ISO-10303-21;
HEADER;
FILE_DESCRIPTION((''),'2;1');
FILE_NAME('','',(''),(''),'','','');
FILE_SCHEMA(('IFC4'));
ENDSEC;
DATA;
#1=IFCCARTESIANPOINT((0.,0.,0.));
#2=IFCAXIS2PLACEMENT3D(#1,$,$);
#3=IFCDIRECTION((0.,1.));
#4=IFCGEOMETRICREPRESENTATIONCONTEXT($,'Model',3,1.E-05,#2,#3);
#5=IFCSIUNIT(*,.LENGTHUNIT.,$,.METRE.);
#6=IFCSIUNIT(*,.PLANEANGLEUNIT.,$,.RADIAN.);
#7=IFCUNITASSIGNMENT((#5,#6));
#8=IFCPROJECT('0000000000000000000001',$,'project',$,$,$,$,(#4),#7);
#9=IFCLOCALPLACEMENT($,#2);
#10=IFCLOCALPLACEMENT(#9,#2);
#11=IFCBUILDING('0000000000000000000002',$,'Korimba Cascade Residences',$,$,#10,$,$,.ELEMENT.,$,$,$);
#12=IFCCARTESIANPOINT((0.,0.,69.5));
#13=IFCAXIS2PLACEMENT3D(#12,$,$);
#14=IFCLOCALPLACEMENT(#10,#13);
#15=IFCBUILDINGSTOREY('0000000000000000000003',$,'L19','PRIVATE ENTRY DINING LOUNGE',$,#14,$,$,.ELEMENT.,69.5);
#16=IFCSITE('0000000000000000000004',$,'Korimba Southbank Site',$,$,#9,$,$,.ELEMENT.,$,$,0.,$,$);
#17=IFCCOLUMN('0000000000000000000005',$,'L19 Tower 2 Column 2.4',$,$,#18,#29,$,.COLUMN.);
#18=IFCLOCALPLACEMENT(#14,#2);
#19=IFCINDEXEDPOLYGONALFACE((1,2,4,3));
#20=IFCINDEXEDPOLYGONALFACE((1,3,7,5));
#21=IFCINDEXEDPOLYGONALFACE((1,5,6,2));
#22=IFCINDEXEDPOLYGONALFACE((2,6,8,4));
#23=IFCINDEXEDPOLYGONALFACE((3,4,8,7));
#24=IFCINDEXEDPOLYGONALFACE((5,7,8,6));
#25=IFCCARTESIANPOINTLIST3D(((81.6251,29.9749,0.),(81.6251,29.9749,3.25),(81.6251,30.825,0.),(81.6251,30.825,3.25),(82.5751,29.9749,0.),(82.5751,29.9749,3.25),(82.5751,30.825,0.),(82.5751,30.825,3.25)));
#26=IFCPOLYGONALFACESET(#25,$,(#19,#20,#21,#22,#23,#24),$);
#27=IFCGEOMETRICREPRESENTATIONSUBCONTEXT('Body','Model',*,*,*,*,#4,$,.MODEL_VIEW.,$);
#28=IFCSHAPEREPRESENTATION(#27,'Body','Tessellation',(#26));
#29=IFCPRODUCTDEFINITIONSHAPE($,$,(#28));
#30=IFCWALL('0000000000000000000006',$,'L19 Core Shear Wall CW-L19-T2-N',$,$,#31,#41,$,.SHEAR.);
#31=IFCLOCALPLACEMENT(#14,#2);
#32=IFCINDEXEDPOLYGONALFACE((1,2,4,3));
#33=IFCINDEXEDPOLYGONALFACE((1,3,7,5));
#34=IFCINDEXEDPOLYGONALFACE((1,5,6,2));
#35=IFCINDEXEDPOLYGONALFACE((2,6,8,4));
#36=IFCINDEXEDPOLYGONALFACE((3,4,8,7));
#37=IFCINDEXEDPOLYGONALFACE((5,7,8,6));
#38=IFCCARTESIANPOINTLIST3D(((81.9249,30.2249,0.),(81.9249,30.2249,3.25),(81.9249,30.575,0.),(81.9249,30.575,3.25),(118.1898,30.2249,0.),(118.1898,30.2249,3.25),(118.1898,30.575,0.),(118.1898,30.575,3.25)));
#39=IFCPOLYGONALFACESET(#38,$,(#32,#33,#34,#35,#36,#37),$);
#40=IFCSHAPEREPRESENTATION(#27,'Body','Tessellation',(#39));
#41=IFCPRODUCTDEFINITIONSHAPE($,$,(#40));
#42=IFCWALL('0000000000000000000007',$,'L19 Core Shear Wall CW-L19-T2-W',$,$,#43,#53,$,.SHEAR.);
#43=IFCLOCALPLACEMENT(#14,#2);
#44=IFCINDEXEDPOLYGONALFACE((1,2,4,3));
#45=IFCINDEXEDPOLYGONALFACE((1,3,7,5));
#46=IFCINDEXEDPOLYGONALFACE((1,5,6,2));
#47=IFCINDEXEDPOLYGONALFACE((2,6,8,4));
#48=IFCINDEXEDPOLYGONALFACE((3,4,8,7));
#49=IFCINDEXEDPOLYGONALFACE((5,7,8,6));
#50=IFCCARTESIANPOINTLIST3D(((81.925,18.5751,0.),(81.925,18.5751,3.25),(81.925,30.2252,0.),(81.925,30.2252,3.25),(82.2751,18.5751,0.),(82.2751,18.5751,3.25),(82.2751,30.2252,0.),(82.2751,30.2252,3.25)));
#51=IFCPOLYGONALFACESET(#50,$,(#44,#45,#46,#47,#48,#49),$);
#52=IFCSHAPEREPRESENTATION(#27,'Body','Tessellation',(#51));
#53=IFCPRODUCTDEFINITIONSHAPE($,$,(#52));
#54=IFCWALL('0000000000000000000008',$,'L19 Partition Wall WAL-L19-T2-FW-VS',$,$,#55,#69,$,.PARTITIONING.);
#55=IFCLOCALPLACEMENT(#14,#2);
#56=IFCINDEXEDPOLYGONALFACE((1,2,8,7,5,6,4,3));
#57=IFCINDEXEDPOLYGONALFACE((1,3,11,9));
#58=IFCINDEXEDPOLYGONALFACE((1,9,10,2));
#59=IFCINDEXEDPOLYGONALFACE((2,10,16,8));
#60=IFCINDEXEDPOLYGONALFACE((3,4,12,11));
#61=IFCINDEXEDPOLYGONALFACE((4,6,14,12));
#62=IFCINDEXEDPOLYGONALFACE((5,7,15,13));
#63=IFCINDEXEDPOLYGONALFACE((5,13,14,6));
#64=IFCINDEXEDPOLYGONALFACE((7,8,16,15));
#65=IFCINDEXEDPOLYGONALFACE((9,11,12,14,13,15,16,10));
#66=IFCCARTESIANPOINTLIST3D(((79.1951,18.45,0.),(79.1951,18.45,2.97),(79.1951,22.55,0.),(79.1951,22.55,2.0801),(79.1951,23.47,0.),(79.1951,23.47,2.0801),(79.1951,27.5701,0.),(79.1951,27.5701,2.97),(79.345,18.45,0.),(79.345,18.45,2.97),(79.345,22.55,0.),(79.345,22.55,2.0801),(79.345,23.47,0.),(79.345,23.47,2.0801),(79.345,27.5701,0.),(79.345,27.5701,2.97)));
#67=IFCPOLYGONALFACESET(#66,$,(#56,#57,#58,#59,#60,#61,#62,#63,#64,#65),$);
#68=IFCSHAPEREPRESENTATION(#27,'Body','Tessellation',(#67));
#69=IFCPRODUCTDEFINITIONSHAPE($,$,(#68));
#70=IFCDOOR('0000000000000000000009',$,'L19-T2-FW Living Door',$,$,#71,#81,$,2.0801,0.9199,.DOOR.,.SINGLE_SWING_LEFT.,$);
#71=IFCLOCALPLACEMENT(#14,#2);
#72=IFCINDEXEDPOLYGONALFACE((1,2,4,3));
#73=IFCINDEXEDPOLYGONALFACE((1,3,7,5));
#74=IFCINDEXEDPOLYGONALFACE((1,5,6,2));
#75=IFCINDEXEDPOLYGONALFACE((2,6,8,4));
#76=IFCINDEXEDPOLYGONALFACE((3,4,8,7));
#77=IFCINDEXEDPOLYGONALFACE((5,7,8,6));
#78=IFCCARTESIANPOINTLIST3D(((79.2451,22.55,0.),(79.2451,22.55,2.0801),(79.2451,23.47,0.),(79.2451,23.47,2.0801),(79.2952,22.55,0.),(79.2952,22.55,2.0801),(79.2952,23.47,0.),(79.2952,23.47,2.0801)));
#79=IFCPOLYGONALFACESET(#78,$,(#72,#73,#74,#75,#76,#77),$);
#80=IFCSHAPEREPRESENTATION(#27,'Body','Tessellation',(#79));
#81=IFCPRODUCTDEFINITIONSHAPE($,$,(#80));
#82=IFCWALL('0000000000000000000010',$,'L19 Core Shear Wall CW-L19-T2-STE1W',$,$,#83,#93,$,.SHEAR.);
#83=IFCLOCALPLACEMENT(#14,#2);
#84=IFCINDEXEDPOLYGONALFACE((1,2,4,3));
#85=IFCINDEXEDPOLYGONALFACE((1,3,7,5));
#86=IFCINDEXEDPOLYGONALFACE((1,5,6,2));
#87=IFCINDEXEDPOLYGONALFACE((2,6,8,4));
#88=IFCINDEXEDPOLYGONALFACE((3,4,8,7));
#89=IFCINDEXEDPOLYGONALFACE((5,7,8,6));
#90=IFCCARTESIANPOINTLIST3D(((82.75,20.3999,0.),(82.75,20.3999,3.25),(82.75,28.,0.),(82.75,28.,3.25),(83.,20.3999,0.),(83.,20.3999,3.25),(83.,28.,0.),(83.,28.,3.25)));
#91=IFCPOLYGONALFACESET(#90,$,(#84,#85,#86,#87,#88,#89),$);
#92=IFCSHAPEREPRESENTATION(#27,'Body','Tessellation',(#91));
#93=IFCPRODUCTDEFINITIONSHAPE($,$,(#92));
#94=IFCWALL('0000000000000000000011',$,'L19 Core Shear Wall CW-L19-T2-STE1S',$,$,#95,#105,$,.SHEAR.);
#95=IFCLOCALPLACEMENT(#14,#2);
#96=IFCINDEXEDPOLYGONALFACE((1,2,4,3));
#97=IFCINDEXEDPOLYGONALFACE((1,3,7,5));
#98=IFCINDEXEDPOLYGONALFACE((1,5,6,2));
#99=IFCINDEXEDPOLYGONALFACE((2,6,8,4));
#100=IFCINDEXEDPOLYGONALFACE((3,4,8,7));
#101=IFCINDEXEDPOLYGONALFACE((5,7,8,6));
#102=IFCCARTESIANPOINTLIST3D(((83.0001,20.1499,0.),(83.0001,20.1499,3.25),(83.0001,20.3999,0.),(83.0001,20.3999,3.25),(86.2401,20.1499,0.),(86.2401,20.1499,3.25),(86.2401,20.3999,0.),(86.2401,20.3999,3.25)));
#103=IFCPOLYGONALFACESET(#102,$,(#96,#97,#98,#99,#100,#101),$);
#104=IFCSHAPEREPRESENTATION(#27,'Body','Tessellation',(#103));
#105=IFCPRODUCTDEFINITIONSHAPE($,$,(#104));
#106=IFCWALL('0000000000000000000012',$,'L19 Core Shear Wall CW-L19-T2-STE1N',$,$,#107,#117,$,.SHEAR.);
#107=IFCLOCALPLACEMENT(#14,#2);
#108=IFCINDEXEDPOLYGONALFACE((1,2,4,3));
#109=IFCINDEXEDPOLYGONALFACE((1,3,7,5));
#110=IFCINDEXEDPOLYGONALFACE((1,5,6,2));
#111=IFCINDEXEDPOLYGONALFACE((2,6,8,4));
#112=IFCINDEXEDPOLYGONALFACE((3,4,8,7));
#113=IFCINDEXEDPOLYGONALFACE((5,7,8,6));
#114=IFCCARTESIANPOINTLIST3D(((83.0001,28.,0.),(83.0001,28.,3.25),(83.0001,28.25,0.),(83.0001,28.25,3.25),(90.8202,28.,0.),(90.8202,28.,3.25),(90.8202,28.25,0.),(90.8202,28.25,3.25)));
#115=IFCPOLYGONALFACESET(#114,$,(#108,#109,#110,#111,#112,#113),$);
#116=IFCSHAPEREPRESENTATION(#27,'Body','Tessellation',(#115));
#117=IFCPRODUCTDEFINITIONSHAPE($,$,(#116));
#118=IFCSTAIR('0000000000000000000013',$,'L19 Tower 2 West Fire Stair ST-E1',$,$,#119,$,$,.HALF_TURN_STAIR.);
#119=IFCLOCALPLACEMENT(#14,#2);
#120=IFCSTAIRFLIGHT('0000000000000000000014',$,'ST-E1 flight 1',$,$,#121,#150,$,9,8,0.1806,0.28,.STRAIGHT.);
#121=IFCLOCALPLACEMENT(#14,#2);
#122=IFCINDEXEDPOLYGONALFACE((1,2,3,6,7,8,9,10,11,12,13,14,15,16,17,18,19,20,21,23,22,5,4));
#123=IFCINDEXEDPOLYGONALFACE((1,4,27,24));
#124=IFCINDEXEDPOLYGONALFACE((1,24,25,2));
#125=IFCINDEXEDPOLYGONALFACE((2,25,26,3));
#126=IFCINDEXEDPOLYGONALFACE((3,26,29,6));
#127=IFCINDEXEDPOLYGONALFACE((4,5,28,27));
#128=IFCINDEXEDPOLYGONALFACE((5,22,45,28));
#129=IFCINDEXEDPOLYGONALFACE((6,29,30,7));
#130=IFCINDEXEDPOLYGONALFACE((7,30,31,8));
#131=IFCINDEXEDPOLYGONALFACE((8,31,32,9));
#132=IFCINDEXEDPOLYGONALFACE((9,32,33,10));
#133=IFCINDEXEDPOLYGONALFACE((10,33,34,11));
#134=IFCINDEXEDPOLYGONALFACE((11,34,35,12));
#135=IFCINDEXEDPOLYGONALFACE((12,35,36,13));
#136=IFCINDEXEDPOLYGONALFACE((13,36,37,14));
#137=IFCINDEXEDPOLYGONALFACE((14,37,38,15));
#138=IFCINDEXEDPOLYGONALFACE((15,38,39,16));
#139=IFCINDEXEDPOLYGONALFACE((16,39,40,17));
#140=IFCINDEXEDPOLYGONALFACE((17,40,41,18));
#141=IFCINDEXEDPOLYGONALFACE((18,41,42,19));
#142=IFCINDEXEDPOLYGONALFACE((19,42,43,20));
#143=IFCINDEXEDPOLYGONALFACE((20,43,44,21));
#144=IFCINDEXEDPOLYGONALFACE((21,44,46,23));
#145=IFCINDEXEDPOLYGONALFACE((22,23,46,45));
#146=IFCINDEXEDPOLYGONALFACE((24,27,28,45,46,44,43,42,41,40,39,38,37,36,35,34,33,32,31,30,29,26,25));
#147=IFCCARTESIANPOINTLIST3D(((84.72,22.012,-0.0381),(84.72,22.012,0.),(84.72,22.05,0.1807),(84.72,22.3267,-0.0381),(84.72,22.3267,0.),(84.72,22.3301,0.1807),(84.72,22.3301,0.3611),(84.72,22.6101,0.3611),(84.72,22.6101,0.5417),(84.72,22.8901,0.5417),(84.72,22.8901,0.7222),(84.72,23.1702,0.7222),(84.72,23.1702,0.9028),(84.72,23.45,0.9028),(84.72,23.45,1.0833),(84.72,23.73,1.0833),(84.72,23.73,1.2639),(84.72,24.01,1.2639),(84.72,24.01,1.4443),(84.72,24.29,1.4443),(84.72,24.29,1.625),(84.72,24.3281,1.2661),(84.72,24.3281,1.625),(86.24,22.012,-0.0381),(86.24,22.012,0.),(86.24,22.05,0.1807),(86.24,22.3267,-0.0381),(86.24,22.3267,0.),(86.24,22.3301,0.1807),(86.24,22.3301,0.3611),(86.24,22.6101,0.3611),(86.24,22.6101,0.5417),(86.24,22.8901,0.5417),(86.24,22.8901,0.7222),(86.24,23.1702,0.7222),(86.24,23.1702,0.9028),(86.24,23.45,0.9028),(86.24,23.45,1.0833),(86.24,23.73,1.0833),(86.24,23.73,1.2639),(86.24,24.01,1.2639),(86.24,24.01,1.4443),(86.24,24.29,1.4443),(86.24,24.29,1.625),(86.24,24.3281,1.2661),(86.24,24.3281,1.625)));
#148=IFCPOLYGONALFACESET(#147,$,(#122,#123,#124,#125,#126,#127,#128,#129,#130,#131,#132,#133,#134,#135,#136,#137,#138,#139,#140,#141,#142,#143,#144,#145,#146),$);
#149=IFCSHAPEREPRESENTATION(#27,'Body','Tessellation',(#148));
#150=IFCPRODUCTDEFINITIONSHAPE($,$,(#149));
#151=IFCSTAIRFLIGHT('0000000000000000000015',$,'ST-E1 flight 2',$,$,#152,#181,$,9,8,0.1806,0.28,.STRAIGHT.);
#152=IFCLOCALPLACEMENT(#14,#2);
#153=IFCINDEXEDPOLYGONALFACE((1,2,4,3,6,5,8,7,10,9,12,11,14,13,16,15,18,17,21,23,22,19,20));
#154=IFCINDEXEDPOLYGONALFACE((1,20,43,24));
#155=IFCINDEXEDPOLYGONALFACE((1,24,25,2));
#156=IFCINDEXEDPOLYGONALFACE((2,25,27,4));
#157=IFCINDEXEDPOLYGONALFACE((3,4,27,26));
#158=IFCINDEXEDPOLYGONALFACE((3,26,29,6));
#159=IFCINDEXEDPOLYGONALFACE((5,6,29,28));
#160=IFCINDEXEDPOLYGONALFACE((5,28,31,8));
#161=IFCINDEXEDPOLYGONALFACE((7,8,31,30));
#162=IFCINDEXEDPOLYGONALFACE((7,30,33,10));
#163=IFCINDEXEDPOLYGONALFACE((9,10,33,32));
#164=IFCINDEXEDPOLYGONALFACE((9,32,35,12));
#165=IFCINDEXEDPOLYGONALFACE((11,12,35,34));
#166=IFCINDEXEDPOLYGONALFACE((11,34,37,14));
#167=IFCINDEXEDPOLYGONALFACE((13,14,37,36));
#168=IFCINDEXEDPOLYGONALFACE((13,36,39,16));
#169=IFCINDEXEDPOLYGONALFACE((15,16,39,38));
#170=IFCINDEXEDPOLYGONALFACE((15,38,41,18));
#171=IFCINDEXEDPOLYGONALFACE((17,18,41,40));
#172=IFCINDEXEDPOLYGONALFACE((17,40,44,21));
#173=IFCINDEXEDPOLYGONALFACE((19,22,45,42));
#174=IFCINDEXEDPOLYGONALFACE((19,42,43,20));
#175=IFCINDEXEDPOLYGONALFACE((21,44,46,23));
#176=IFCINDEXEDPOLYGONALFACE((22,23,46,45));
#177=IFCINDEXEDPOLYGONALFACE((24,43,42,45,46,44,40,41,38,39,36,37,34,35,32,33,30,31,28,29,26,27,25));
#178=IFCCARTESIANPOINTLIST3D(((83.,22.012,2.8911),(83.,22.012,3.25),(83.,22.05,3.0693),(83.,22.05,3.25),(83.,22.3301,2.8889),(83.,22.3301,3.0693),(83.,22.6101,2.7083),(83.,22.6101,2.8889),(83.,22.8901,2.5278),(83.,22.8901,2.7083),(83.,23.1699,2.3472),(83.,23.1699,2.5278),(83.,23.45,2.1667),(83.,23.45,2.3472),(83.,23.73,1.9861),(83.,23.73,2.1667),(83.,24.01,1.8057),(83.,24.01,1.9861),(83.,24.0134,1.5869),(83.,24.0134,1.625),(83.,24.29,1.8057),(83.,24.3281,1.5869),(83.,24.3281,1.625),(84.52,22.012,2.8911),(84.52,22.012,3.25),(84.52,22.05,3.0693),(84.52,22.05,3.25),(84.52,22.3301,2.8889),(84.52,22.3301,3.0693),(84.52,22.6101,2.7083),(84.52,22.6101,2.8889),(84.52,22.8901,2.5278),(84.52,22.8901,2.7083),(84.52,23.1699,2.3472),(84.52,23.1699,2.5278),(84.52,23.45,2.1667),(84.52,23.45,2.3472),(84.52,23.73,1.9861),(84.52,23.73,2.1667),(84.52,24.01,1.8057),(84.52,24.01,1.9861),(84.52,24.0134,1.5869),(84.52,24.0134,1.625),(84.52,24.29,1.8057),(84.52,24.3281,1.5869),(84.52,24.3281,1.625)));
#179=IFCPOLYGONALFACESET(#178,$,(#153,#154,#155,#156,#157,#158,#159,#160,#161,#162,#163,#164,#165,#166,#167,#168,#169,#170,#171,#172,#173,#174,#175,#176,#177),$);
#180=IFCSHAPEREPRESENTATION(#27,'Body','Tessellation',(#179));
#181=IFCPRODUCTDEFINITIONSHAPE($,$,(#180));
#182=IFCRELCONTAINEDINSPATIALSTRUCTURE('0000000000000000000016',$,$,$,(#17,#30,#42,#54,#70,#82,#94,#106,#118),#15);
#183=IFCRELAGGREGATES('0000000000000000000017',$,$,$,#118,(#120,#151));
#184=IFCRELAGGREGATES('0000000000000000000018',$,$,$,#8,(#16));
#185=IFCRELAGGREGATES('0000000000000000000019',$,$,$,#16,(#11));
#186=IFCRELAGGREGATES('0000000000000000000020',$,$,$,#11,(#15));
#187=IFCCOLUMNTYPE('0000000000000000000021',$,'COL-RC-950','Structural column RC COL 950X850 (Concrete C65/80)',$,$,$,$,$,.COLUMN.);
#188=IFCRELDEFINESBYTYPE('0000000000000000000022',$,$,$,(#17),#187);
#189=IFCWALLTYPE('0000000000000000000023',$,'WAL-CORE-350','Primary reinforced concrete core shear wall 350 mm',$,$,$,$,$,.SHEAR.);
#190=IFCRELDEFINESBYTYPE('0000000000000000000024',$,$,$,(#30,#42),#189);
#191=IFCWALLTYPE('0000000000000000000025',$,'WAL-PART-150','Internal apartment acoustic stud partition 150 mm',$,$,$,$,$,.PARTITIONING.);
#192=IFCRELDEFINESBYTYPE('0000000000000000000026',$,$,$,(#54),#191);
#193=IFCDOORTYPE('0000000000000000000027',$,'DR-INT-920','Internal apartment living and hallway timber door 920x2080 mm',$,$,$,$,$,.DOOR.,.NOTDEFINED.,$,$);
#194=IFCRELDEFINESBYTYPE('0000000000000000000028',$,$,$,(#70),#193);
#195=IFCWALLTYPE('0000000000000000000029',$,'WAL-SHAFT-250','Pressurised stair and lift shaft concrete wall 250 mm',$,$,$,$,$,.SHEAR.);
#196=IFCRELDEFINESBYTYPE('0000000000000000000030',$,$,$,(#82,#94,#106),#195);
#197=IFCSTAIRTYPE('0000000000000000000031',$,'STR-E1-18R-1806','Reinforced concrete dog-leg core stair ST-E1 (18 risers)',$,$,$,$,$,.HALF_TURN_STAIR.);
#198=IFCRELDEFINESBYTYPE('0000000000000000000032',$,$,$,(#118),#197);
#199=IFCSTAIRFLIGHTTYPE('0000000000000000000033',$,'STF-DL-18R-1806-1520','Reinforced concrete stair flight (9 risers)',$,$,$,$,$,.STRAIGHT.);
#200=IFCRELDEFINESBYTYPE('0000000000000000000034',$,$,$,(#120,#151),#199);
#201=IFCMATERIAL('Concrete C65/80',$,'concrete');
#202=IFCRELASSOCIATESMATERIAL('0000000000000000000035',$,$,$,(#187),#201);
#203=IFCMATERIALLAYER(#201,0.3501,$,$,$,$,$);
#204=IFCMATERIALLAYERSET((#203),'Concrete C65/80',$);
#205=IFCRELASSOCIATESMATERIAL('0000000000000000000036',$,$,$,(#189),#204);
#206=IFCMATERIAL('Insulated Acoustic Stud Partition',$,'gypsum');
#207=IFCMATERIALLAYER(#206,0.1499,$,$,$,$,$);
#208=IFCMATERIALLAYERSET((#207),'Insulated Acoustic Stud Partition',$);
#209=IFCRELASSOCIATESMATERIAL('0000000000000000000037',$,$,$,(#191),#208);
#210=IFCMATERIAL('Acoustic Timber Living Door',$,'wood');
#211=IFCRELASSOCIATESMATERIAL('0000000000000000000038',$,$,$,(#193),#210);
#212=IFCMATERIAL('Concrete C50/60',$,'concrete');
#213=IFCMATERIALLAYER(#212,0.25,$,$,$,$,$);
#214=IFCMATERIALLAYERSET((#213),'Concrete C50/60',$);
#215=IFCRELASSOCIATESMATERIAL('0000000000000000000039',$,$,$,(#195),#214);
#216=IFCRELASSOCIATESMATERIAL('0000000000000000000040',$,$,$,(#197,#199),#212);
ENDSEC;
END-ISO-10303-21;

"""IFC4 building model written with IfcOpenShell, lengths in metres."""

from ifc_helpers import new_model, si_unit, direction, frame, frame_2d, origin, origin_2d, place, context, subcontext, project, spatial, polyline, rectangle, outline, extrude, material, layer, layer_set, material_profile, profile_set, type_object, element, fill, aggregate, save


model = new_model("IFC4")

# Units and contexts
model_context = context("Model", 3, precision=1e-05, world=origin(), true_north=direction((0.0, 1.0)))
body_context = subcontext(model_context, "Body", "Model", "MODEL_VIEW")
ifc_project = project(units=[si_unit("LENGTHUNIT", "METRE"), si_unit("PLANEANGLEUNIT", "RADIAN")], contexts=[model_context])

# Site, building, storey
site_placement = place(None, origin())
site = spatial("IfcSite", under=ifc_project, at=site_placement, Name="Korimba Southbank Site", CompositionType="ELEMENT", RefElevation=0.0)
building_placement = place(site_placement, origin())
building = spatial("IfcBuilding", under=site, at=building_placement, Name="Korimba Cascade Residences", CompositionType="ELEMENT")
storey_placement = place(building_placement, frame((0.0, 0.0, 69.5)))
storey = spatial("IfcBuildingStorey", under=building, at=storey_placement, Name="L19", Description="PRIVATE ENTRY DINING LOUNGE", CompositionType="ELEMENT", Elevation=69.5)

# Column
ifc_material_1 = material(Name="Concrete C65/80", Category="concrete")
ifc_material_profile = material_profile(ifc_material_1, rectangle(XDim=0.95, YDim=0.8501, at=origin_2d()), Name="Concrete C65/80")
ifc_profile_set = profile_set([ifc_material_profile], Name="Concrete C65/80")
column_type = type_object("IfcColumnType", Name="COL-RC-950", Description="Structural column RC COL 950X850 (Concrete C65/80)", PredefinedType="COLUMN", material=ifc_profile_set)
column_placement = place(storey_placement, frame((82.1001, 30.3999, 0.0), z_axis=(0.0, 0.0, 1.0), x_axis=(1.0, 0.0, 0.0)))
element("IfcColumn", 1, at=column_placement, inside=storey, type_object=column_type, Name="L19 Tower 2 Column 2.4", PredefinedType="COLUMN", context=body_context, shape_type="SweptSolid", body=[
    extrude(rectangle(XDim=0.95, YDim=0.8501, at=origin_2d()), origin(), (0.0, 0.0, 1.0), 3.25),
])

# Walls
ifc_layer_1 = layer(ifc_material_1, 0.3501)
ifc_layer_set_1 = layer_set([ifc_layer_1], Name="Concrete C65/80")
wall_type_1 = type_object("IfcWallType", Name="WAL-CORE-350", Description="Primary reinforced concrete core shear wall 350 mm", PredefinedType="SHEAR", material=ifc_layer_set_1)
wall_1_placement = place(storey_placement, frame((81.925, 30.3999, 0.0), z_axis=(0.0, 0.0, 1.0), x_axis=(1.0, 0.0, 0.0)))
element("IfcWall", 2, at=wall_1_placement, inside=storey, type_object=wall_type_1, Name="L19 Core Shear Wall CW-L19-T2-N", PredefinedType="SHEAR", context=body_context, shape_type="SweptSolid", body=[
    extrude(rectangle(XDim=36.2649, YDim=0.3501, at=frame_2d((18.1323, 0.0))), origin(), (0.0, 0.0, 1.0), 3.25),
])
wall_2_placement = place(storey_placement, frame((82.1001, 18.575, 0.0), z_axis=(0.0, 0.0, 1.0), x_axis=(0.0, 1.0, 0.0)))
element("IfcWall", 3, at=wall_2_placement, inside=storey, type_object=wall_type_1, Name="L19 Core Shear Wall CW-L19-T2-W", PredefinedType="SHEAR", context=body_context, shape_type="SweptSolid", body=[
    extrude(rectangle(XDim=11.6501, YDim=0.3501, at=frame_2d((5.8252, 0.0))), origin(), (0.0, 0.0, 1.0), 3.25),
])

# Wall, opening, door
ifc_material_2 = material(Name="Insulated Acoustic Stud Partition", Category="gypsum")
ifc_layer_2 = layer(ifc_material_2, 0.1499)
ifc_layer_set_2 = layer_set([ifc_layer_2], Name="Insulated Acoustic Stud Partition")
wall_type_2 = type_object("IfcWallType", Name="WAL-PART-150", Description="Internal apartment acoustic stud partition 150 mm", PredefinedType="PARTITIONING", material=ifc_layer_set_2)
wall_3_placement = place(storey_placement, frame((79.27, 18.45, 0.0), z_axis=(0.0, 0.0, 1.0), x_axis=(0.0, 1.0, 0.0)))
wall_3 = element("IfcWall", 4, at=wall_3_placement, inside=storey, type_object=wall_type_2, Name="L19 Partition Wall WAL-L19-T2-FW-VS", PredefinedType="PARTITIONING", context=body_context, shape_type="SweptSolid", body=[
    extrude(rectangle(XDim=9.1201, YDim=0.1499, at=frame_2d((4.5601, 0.0))), origin(), (0.0, 0.0, 1.0), 2.97),
])
opening_placement = place(wall_3_placement, frame((4.1001, 0.0, 0.0)))
opening = element("IfcOpeningElement", 5, at=opening_placement, cuts=wall_3, PredefinedType="OPENING", context=body_context, shape_type="SweptSolid", body=[
    extrude(rectangle(XDim=0.9199, YDim=2.0801, at=frame_2d((0.46, 1.04))), frame((0.0, 0.085, 0.0), z_axis=(0.0, -1.0, 0.0), x_axis=(1.0, 0.0, 0.0)), (0.0, 0.0, 1.0), 0.1699),
])
ifc_material_3 = material(Name="Acoustic Timber Living Door", Category="wood")
door_type = type_object("IfcDoorType", Name="DR-INT-920", Description="Internal apartment living and hallway timber door 920x2080 mm", OperationType="NOTDEFINED", PredefinedType="DOOR", material=ifc_material_3)
door_placement = place(opening_placement, origin())
door = element("IfcDoor", 6, at=door_placement, inside=storey, type_object=door_type, Name="L19-T2-FW Living Door", OperationType="SINGLE_SWING_LEFT", OverallHeight=2.0801, OverallWidth=0.9199, PredefinedType="DOOR", context=body_context, shape_type="SweptSolid", body=[
    extrude(rectangle(XDim=0.9199, YDim=2.0801, at=frame_2d((0.46, 1.04))), frame((0.0, 0.0249, 0.0), z_axis=(0.0, -1.0, 0.0), x_axis=(1.0, 0.0, 0.0)), (0.0, 0.0, 1.0), 0.05),
])
fill(opening, door)

# Walls
ifc_material_4 = material(Name="Concrete C50/60", Category="concrete")
ifc_layer_3 = layer(ifc_material_4, 0.25)
ifc_layer_set_3 = layer_set([ifc_layer_3], Name="Concrete C50/60")
wall_type_3 = type_object("IfcWallType", Name="WAL-SHAFT-250", Description="Pressurised stair and lift shaft concrete wall 250 mm", PredefinedType="SHEAR", material=ifc_layer_set_3)
wall_4_placement = place(storey_placement, frame((82.875, 20.3999, 0.0), z_axis=(0.0, 0.0, 1.0), x_axis=(0.0, 1.0, 0.0)))
element("IfcWall", 7, at=wall_4_placement, inside=storey, type_object=wall_type_3, Name="L19 Core Shear Wall CW-L19-T2-STE1W", PredefinedType="SHEAR", context=body_context, shape_type="SweptSolid", body=[
    extrude(rectangle(XDim=7.6001, YDim=0.25, at=frame_2d((3.8, 0.0))), origin(), (0.0, 0.0, 1.0), 3.25),
])
wall_5_placement = place(storey_placement, frame((83.0, 20.2749, 0.0), z_axis=(0.0, 0.0, 1.0), x_axis=(1.0, 0.0, 0.0)))
element("IfcWall", 8, at=wall_5_placement, inside=storey, type_object=wall_type_3, Name="L19 Core Shear Wall CW-L19-T2-STE1S", PredefinedType="SHEAR", context=body_context, shape_type="SweptSolid", body=[
    extrude(rectangle(XDim=3.24, YDim=0.25, at=frame_2d((1.6201, 0.0))), origin(), (0.0, 0.0, 1.0), 3.25),
])
wall_6_placement = place(storey_placement, frame((83.0, 28.125, 0.0), z_axis=(0.0, 0.0, 1.0), x_axis=(1.0, 0.0, 0.0)))
element("IfcWall", 9, at=wall_6_placement, inside=storey, type_object=wall_type_3, Name="L19 Core Shear Wall CW-L19-T2-STE1N", PredefinedType="SHEAR", context=body_context, shape_type="SweptSolid", body=[
    extrude(rectangle(XDim=7.8201, YDim=0.25, at=frame_2d((3.9102, 0.0))), origin(), (0.0, 0.0, 1.0), 3.25),
])

# Stair, stair flights
stair_type = type_object("IfcStairType", Name="STR-E1-18R-1806", Description="Reinforced concrete dog-leg core stair ST-E1 (18 risers)", PredefinedType="HALF_TURN_STAIR", material=ifc_material_4)
stair_placement = place(storey_placement, origin())
stair = element("IfcStair", 10, at=stair_placement, inside=storey, type_object=stair_type, Name="L19 Tower 2 West Fire Stair ST-E1", PredefinedType="HALF_TURN_STAIR")
stair_flight_type = type_object("IfcStairFlightType", Name="STF-DL-18R-1806-1520", Description="Reinforced concrete stair flight (9 risers)", PredefinedType="STRAIGHT", material=ifc_material_4)
stair_flight_1_placement = place(storey_placement, frame((85.48, 22.05, 0.0), z_axis=(0.0, 0.0, 1.0), x_axis=(0.0, 1.0, 0.0)))
stair_flight_1 = element("IfcStairFlight", 11, at=stair_flight_1_placement, type_object=stair_flight_type, Name="ST-E1 flight 1", NumberOfRisers=9, NumberOfTreads=8, PredefinedType="STRAIGHT", RiserHeight=0.1806, TreadLength=0.28, context=body_context, shape_type="SweptSolid", body=[
    extrude(outline(polyline([(-0.0381, 0.0), (0.0, 0.1807), (0.28, 0.1807), (0.28, 0.3611), (0.5601, 0.3611), (0.5601, 0.5417), (0.8401, 0.5417), (0.8401, 0.7222), (1.1201, 0.7222), (1.1201, 0.9028), (1.3999, 0.9028), (1.3999, 1.0833), (1.6799, 1.0833), (1.6799, 1.2639), (1.96, 1.2639), (1.96, 1.4443), (2.24, 1.4443), (2.24, 1.625), (2.2781, 1.625), (2.2781, 1.2661), (0.2766, 0.0), (0.2766, -0.0381), (-0.0381, -0.0381), (-0.0381, 0.0)])), frame((0.0, 0.76, 0.0), z_axis=(0.0, -1.0, 0.0), x_axis=(1.0, 0.0, 0.0)), (0.0, 0.0, 1.0), 1.52),
])
stair_flight_2_placement = place(storey_placement, frame((83.76, 24.29, 1.625), z_axis=(0.0, 0.0, 1.0), x_axis=(0.0, -1.0, 0.0)))
stair_flight_2 = element("IfcStairFlight", 12, at=stair_flight_2_placement, type_object=stair_flight_type, Name="ST-E1 flight 2", NumberOfRisers=9, NumberOfTreads=8, PredefinedType="STRAIGHT", RiserHeight=0.1806, TreadLength=0.28, context=body_context, shape_type="SweptSolid", body=[
    extrude(outline(polyline([(-0.0381, 0.0), (0.0, 0.1807), (0.28, 0.1807), (0.28, 0.3611), (0.5601, 0.3611), (0.5601, 0.5417), (0.8401, 0.5417), (0.8401, 0.7222), (1.1201, 0.7222), (1.1201, 0.9028), (1.3999, 0.9028), (1.3999, 1.0833), (1.6799, 1.0833), (1.6799, 1.2639), (1.96, 1.2639), (1.96, 1.4443), (2.24, 1.4443), (2.24, 1.625), (2.2781, 1.625), (2.2781, 1.2661), (0.2766, 0.0), (0.2766, -0.0381), (-0.0381, -0.0381), (-0.0381, 0.0)])), frame((0.0, 0.76, 0.0), z_axis=(0.0, -1.0, 0.0), x_axis=(1.0, 0.0, 0.0)), (0.0, 0.0, 1.0), 1.52),
])
aggregate(stair, [stair_flight_1, stair_flight_2])

save(model, "model.ifc")
